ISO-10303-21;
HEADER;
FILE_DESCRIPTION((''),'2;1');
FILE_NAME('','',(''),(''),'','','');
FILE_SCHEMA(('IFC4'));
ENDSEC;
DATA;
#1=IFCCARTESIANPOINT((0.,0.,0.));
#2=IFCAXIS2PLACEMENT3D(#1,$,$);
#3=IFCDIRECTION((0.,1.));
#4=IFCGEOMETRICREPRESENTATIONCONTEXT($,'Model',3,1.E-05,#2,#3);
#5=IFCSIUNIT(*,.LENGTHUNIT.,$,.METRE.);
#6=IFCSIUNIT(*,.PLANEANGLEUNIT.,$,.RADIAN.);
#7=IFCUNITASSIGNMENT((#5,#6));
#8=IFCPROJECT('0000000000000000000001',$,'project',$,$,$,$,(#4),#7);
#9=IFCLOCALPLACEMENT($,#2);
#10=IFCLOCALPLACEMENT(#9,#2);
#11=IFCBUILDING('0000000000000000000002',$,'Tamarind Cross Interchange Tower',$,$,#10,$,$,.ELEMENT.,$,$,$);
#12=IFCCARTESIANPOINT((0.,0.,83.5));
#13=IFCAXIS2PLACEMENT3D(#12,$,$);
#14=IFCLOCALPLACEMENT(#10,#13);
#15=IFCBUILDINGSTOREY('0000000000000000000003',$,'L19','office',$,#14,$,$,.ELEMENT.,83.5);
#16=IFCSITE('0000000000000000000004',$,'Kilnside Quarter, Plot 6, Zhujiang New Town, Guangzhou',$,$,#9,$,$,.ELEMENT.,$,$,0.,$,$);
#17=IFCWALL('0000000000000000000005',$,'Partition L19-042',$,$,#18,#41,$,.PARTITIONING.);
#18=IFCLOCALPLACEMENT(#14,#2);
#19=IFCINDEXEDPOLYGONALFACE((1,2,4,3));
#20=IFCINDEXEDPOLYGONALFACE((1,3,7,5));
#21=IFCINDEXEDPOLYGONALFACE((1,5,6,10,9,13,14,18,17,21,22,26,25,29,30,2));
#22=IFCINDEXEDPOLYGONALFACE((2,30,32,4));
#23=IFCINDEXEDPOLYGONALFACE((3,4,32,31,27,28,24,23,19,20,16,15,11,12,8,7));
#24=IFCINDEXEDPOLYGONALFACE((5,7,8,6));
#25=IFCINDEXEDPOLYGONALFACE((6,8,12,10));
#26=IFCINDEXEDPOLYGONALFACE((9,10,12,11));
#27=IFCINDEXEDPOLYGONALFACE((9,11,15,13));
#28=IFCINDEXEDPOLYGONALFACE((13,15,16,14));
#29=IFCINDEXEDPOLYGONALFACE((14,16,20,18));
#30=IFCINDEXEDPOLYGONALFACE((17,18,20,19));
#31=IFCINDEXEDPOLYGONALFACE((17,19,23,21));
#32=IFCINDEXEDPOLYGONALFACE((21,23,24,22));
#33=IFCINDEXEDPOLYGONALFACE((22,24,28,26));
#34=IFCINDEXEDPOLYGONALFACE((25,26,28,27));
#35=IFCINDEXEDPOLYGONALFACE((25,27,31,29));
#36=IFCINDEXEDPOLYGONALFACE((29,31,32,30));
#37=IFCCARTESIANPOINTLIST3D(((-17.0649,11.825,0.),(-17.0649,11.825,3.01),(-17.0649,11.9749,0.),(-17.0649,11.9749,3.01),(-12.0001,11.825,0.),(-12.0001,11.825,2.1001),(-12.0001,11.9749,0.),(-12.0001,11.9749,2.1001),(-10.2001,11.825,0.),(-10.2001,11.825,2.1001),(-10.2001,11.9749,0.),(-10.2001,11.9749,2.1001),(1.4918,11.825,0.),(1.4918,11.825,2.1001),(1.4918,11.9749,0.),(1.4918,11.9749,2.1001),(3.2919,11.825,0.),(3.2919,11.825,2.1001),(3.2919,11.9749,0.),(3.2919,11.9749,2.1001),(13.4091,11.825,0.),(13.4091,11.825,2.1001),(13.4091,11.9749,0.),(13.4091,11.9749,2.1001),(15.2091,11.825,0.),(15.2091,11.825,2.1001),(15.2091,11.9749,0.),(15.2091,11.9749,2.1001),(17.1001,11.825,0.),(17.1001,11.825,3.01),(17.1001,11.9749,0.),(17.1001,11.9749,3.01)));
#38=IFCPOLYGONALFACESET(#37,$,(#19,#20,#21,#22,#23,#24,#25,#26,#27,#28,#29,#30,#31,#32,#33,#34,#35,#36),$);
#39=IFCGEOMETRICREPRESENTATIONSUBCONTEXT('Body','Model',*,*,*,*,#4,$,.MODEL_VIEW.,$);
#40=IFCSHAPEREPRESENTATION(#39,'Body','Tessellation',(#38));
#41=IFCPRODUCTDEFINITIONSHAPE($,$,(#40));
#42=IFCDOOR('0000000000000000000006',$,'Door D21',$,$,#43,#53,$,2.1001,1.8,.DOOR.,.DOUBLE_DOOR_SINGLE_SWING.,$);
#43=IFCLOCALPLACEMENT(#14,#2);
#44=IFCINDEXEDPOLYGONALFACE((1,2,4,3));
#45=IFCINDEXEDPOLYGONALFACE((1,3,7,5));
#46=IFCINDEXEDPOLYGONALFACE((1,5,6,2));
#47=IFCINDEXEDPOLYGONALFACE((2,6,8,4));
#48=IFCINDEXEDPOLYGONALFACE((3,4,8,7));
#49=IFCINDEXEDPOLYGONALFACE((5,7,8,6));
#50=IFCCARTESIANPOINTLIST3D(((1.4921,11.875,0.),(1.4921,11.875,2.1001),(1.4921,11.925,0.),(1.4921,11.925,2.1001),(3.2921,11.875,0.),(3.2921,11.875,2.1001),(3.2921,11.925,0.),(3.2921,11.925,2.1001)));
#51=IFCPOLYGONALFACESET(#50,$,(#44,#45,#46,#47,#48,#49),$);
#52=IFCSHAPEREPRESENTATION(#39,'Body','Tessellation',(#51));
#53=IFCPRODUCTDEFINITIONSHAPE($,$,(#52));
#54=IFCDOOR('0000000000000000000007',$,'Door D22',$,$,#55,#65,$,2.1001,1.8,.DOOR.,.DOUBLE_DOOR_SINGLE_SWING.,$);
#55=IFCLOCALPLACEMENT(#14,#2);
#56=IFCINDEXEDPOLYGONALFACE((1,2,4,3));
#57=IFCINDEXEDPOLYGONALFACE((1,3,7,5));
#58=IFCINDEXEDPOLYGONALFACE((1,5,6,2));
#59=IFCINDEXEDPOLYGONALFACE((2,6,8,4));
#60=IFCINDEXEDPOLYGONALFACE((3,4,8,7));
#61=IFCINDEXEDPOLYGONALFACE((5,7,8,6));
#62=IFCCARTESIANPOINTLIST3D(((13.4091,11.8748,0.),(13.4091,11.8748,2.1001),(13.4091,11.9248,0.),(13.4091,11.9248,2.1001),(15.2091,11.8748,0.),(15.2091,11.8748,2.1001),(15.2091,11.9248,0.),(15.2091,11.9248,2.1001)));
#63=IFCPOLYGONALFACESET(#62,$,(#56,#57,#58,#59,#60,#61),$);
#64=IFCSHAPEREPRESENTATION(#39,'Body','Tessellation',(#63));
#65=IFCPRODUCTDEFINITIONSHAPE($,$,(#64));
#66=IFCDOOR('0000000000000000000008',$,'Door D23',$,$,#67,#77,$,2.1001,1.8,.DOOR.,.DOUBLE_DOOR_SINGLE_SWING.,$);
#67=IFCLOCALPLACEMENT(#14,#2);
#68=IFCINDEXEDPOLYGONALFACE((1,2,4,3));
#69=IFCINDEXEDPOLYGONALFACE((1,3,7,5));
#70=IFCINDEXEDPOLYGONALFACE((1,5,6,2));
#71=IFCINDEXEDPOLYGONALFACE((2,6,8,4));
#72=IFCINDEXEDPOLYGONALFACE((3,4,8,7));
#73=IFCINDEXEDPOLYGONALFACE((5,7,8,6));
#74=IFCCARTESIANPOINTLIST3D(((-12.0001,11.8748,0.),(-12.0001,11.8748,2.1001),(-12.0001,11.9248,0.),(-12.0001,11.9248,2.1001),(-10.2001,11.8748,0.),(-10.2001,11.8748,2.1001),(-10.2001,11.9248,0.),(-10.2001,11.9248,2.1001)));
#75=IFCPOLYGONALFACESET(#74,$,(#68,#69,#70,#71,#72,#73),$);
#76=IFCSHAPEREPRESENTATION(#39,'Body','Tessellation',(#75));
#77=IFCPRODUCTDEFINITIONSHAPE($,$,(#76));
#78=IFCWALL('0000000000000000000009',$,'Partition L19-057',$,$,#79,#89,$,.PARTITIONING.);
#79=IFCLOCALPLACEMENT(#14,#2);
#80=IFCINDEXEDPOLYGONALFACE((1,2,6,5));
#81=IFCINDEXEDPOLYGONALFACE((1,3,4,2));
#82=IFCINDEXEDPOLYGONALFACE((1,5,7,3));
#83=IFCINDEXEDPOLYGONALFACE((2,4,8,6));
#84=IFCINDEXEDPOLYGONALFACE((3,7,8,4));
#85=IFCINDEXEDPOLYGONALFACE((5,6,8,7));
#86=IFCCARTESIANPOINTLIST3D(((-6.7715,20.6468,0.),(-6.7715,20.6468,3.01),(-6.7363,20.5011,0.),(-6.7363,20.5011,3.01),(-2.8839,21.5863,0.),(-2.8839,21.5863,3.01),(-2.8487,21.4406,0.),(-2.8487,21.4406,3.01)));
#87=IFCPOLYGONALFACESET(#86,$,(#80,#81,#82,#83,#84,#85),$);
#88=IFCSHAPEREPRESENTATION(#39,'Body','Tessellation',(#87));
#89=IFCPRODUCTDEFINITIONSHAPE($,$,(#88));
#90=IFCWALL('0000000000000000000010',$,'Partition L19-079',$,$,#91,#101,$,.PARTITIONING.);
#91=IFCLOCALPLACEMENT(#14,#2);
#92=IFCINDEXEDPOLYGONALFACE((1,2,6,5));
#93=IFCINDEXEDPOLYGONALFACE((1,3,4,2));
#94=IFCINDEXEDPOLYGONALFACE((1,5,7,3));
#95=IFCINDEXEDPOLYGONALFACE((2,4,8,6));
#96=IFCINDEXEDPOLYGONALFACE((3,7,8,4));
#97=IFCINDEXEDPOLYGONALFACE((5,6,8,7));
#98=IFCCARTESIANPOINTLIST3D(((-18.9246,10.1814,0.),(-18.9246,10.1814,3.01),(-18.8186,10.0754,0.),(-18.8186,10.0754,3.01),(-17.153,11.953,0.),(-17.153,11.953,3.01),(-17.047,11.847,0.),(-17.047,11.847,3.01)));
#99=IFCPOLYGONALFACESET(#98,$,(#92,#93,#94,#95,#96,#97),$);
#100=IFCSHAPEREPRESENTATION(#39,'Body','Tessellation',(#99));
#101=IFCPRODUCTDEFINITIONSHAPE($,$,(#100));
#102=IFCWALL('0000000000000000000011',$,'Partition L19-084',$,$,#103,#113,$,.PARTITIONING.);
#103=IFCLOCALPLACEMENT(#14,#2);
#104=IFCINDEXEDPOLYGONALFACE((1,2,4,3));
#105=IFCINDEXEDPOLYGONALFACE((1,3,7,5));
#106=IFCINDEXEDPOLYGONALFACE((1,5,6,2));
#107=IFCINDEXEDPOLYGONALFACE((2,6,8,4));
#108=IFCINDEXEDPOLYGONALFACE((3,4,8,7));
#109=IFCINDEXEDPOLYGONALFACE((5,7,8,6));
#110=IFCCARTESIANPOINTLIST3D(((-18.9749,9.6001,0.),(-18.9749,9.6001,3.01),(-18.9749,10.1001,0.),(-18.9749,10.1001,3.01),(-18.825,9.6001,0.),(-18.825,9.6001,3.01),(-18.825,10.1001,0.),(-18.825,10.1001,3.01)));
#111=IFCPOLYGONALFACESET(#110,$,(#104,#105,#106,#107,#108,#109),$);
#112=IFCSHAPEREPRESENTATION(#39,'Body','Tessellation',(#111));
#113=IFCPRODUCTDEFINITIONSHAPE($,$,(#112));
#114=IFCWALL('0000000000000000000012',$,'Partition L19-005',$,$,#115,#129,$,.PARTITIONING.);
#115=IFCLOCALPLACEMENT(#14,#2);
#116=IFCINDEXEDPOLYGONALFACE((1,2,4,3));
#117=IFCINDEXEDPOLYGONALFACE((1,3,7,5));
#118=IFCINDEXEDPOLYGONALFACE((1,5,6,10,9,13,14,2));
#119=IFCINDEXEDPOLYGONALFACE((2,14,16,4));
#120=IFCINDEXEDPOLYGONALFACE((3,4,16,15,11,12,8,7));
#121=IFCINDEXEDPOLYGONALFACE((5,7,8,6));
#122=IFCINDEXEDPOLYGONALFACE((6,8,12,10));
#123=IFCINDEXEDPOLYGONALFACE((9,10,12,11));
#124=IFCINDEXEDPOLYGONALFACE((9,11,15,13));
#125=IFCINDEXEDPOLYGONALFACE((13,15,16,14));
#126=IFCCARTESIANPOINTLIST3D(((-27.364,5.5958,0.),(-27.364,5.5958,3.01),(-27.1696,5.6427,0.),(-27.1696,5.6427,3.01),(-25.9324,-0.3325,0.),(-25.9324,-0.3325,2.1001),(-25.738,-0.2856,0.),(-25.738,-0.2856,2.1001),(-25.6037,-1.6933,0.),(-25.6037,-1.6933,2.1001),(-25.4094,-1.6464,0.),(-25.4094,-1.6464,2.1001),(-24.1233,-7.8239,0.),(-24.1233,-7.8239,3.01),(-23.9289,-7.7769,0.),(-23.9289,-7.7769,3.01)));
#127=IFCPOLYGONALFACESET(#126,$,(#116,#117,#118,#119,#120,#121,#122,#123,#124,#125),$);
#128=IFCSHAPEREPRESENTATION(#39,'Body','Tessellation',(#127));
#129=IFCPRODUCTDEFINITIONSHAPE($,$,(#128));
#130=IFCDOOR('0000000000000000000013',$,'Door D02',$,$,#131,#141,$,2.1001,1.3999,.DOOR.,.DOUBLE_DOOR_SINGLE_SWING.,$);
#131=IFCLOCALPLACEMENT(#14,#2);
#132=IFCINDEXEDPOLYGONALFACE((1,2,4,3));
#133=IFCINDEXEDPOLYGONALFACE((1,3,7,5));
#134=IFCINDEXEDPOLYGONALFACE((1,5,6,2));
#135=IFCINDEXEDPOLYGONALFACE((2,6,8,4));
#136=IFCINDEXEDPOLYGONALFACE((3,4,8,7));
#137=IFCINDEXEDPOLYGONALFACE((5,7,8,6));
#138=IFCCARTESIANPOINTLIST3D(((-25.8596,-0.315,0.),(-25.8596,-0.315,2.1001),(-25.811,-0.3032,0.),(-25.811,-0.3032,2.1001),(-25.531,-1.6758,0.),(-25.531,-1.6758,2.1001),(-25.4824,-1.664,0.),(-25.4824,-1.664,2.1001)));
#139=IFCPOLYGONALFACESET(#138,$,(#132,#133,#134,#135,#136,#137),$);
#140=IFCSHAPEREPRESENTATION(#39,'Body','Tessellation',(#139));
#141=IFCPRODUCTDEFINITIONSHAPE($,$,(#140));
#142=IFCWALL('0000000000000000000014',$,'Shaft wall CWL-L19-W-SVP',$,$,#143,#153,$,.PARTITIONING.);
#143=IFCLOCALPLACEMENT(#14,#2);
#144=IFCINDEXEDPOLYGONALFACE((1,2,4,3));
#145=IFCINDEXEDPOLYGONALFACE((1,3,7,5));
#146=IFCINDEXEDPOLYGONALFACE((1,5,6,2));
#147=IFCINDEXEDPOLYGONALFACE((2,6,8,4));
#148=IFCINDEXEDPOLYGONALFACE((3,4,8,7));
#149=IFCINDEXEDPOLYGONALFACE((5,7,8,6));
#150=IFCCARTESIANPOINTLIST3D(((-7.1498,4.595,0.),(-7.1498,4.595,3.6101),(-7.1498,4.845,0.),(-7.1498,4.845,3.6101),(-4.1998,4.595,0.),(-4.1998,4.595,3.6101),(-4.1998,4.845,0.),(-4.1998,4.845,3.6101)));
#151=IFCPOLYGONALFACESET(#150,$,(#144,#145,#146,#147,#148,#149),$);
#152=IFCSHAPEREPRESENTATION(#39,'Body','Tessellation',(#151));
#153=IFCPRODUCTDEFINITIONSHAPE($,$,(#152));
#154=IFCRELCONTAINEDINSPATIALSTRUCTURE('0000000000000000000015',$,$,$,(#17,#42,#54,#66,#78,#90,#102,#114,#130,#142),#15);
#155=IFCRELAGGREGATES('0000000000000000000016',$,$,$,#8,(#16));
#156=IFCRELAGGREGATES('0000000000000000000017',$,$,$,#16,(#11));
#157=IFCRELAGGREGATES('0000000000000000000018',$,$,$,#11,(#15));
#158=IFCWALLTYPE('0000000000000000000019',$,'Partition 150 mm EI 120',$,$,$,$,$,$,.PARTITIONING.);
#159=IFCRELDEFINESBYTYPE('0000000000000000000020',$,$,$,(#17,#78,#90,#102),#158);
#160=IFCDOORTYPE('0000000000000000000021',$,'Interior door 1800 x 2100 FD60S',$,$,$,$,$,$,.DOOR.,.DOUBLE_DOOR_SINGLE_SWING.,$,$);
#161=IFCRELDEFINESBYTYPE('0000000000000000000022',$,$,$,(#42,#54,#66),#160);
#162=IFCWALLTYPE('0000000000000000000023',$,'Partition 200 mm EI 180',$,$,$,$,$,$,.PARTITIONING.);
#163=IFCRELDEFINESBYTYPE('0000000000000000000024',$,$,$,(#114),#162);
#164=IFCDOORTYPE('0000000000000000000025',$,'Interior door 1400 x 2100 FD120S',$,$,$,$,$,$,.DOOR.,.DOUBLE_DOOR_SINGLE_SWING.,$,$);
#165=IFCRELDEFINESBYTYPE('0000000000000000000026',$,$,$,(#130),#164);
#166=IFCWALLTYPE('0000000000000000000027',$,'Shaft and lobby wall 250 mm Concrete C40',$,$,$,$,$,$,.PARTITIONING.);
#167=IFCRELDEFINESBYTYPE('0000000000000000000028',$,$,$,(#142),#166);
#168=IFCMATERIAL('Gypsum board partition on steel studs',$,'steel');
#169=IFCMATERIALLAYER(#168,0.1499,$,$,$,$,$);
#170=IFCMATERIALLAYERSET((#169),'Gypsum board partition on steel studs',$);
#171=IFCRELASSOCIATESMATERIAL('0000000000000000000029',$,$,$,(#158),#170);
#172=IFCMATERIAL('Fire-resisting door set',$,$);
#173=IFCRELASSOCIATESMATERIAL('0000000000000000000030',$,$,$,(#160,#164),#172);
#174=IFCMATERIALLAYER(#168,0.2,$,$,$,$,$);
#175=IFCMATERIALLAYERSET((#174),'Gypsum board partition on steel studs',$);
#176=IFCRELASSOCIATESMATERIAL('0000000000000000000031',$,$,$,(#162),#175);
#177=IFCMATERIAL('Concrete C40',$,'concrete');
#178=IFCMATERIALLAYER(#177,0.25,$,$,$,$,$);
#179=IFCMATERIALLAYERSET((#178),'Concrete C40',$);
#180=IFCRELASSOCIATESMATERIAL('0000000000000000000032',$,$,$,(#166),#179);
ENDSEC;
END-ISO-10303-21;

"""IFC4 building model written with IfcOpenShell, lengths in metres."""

from ifc_helpers import new_model, si_unit, direction, frame, frame_2d, origin, place, context, subcontext, project, spatial, rectangle, extrude, material, layer, layer_set, type_object, element, fill, save


model = new_model("IFC4")

# Units and contexts
model_context = context("Model", 3, precision=1e-05, world=origin(), true_north=direction((0.0, 1.0)))
body_context = subcontext(model_context, "Body", "Model", "MODEL_VIEW")
ifc_project = project(units=[si_unit("LENGTHUNIT", "METRE"), si_unit("PLANEANGLEUNIT", "RADIAN")], contexts=[model_context])

# Site, building, storey
site_placement = place(None, origin())
site = spatial("IfcSite", under=ifc_project, at=site_placement, Name="Kilnside Quarter, Plot 6, Zhujiang New Town, Guangzhou", CompositionType="ELEMENT", RefElevation=0.0)
building_placement = place(site_placement, origin())
building = spatial("IfcBuilding", under=site, at=building_placement, Name="Tamarind Cross Interchange Tower", CompositionType="ELEMENT")
storey_placement = place(building_placement, frame((0.0, 0.0, 83.5)))
storey = spatial("IfcBuildingStorey", under=building, at=storey_placement, Name="L19", Description="office", CompositionType="ELEMENT", Elevation=83.5)

# Shared definitions
ifc_material_1 = material(Name="Concrete C40", Category="concrete")

# Shared definitions
ifc_material_2 = material(Name="Gypsum board partition on steel studs", Category="steel")
ifc_layer_1 = layer(ifc_material_2, 0.1499)
ifc_layer_set_1 = layer_set([ifc_layer_1], Name="Gypsum board partition on steel studs")
wall_type_1 = type_object("IfcWallType", Name="Partition 150 mm EI 120", PredefinedType="PARTITIONING", material=ifc_layer_set_1)

# Wall, openings, doors
wall_1_placement = place(storey_placement, frame((-17.0649, 11.8999, 0.0), z_axis=(0.0, 0.0, 1.0), x_axis=(1.0, 0.0, 0.0)))
wall_1 = element("IfcWall", 1, at=wall_1_placement, inside=storey, type_object=wall_type_1, Name="Partition L19-042", PredefinedType="PARTITIONING", context=body_context, shape_type="SweptSolid", body=[
    extrude(rectangle(XDim=34.165, YDim=0.1499, at=frame_2d((17.0825, 0.0))), origin(), (0.0, 0.0, 1.0), 3.01),
])
opening_1_placement = place(wall_1_placement, frame((18.5569, 0.0, 0.0)))
opening_1 = element("IfcOpeningElement", 2, at=opening_1_placement, cuts=wall_1, PredefinedType="OPENING", context=body_context, shape_type="SweptSolid", body=[
    extrude(rectangle(XDim=1.8, YDim=2.1001, at=frame_2d((0.8999, 1.05))), frame((0.0, 0.085, 0.0), z_axis=(0.0, -1.0, 0.0), x_axis=(1.0, 0.0, 0.0)), (0.0, 0.0, 1.0), 0.1699),
])
opening_2_placement = place(wall_1_placement, frame((30.4741, 0.0, 0.0)))
opening_2 = element("IfcOpeningElement", 3, at=opening_2_placement, cuts=wall_1, PredefinedType="OPENING", context=body_context, shape_type="SweptSolid", body=[
    extrude(rectangle(XDim=1.8, YDim=2.1001, at=frame_2d((0.8999, 1.05))), frame((0.0, 0.085, 0.0), z_axis=(0.0, -1.0, 0.0), x_axis=(1.0, 0.0, 0.0)), (0.0, 0.0, 1.0), 0.1699),
])
opening_3_placement = place(wall_1_placement, frame((5.0649, 0.0, 0.0)))
opening_3 = element("IfcOpeningElement", 4, at=opening_3_placement, cuts=wall_1, PredefinedType="OPENING", context=body_context, shape_type="SweptSolid", body=[
    extrude(rectangle(XDim=1.8, YDim=2.1001, at=frame_2d((0.8999, 1.05))), frame((0.0, 0.085, 0.0), z_axis=(0.0, -1.0, 0.0), x_axis=(1.0, 0.0, 0.0)), (0.0, 0.0, 1.0), 0.1699),
])
ifc_material_3 = material(Name="Fire-resisting door set")
door_type_1 = type_object("IfcDoorType", Name="Interior door 1800 x 2100 FD60S", OperationType="DOUBLE_DOOR_SINGLE_SWING", PredefinedType="DOOR", material=ifc_material_3)
door_1_placement = place(opening_1_placement, frame((1.8, 0.0, 0.0), z_axis=(0.0, 0.0, 1.0), x_axis=(-1.0, 0.0, 0.0)))
door_1 = element("IfcDoor", 5, at=door_1_placement, inside=storey, type_object=door_type_1, Name="Door D21", OperationType="DOUBLE_DOOR_SINGLE_SWING", OverallHeight=2.1001, OverallWidth=1.8, PredefinedType="DOOR", context=body_context, shape_type="SweptSolid", body=[
    extrude(rectangle(XDim=1.8, YDim=2.1001, at=frame_2d((0.8999, 1.05))), frame((0.0, 0.0249, 0.0), z_axis=(0.0, -1.0, 0.0), x_axis=(1.0, 0.0, 0.0)), (0.0, 0.0, 1.0), 0.05),
])
fill(opening_1, door_1)
door_2_placement = place(opening_2_placement, origin())
door_2 = element("IfcDoor", 6, at=door_2_placement, inside=storey, type_object=door_type_1, Name="Door D22", OperationType="DOUBLE_DOOR_SINGLE_SWING", OverallHeight=2.1001, OverallWidth=1.8, PredefinedType="DOOR", context=body_context, shape_type="SweptSolid", body=[
    extrude(rectangle(XDim=1.8, YDim=2.1001, at=frame_2d((0.8999, 1.05))), frame((0.0, 0.0249, 0.0), z_axis=(0.0, -1.0, 0.0), x_axis=(1.0, 0.0, 0.0)), (0.0, 0.0, 1.0), 0.05),
])
fill(opening_2, door_2)
door_3_placement = place(opening_3_placement, origin())
door_3 = element("IfcDoor", 7, at=door_3_placement, inside=storey, type_object=door_type_1, Name="Door D23", OperationType="DOUBLE_DOOR_SINGLE_SWING", OverallHeight=2.1001, OverallWidth=1.8, PredefinedType="DOOR", context=body_context, shape_type="SweptSolid", body=[
    extrude(rectangle(XDim=1.8, YDim=2.1001, at=frame_2d((0.8999, 1.05))), frame((0.0, 0.0249, 0.0), z_axis=(0.0, -1.0, 0.0), x_axis=(1.0, 0.0, 0.0)), (0.0, 0.0, 1.0), 0.05),
])
fill(opening_3, door_3)

# Walls
wall_2_placement = place(storey_placement, frame((-6.7539, 20.574, 0.0), z_axis=(0.0, 0.0, 1.0), x_axis=(0.972023, 0.234887, 0.0)))
element("IfcWall", 8, at=wall_2_placement, inside=storey, type_object=wall_type_1, Name="Partition L19-057", PredefinedType="PARTITIONING", context=body_context, shape_type="SweptSolid", body=[
    extrude(rectangle(XDim=3.9995, YDim=0.1499, at=frame_2d((1.9998, 0.0))), origin(), (0.0, 0.0, 1.0), 3.01),
])
wall_3_placement = place(storey_placement, frame((-18.8716, 10.1284, 0.0), z_axis=(0.0, 0.0, 1.0), x_axis=(0.707107, 0.707107, 0.0)))
element("IfcWall", 9, at=wall_3_placement, inside=storey, type_object=wall_type_1, Name="Partition L19-079", PredefinedType="PARTITIONING", context=body_context, shape_type="SweptSolid", body=[
    extrude(rectangle(XDim=2.5054, YDim=0.1499, at=frame_2d((1.2527, 0.0))), origin(), (0.0, 0.0, 1.0), 3.01),
])
wall_4_placement = place(storey_placement, frame((-18.8999, 9.6001, 0.0), z_axis=(0.0, 0.0, 1.0), x_axis=(0.0, 1.0, 0.0)))
element("IfcWall", 10, at=wall_4_placement, inside=storey, type_object=wall_type_1, Name="Partition L19-084", PredefinedType="PARTITIONING", context=body_context, shape_type="SweptSolid", body=[
    extrude(rectangle(XDim=0.5, YDim=0.1499, at=frame_2d((0.25, 0.0))), origin(), (0.0, 0.0, 1.0), 3.01),
])

# Wall, opening, door
ifc_layer_2 = layer(ifc_material_2, 0.2)
ifc_layer_set_2 = layer_set([ifc_layer_2], Name="Gypsum board partition on steel studs")
wall_type_2 = type_object("IfcWallType", Name="Partition 200 mm EI 180", PredefinedType="PARTITIONING", material=ifc_layer_set_2)
wall_5_placement = place(storey_placement, frame((-27.2668, 5.6194, 0.0), z_axis=(0.0, 0.0, 1.0), x_axis=(0.234743, -0.972058, 0.0)))
wall_5 = element("IfcWall", 11, at=wall_5_placement, inside=storey, type_object=wall_type_2, Name="Partition L19-005", PredefinedType="PARTITIONING", context=body_context, shape_type="SweptSolid", body=[
    extrude(rectangle(XDim=13.8054, YDim=0.2, at=frame_2d((6.9028, 0.0))), origin(), (0.0, 0.0, 1.0), 3.01),
])
opening_4_placement = place(wall_5_placement, frame((6.0989, 0.0, 0.0)))
opening_4 = element("IfcOpeningElement", 12, at=opening_4_placement, cuts=wall_5, PredefinedType="OPENING", context=body_context, shape_type="SweptSolid", body=[
    extrude(rectangle(XDim=1.3999, YDim=2.1001, at=frame_2d((0.7, 1.05))), frame((0.0, 0.1099, 0.0), z_axis=(0.0, -1.0, 0.0), x_axis=(1.0, 0.0, 0.0)), (0.0, 0.0, 1.0), 0.22),
])
door_type_2 = type_object("IfcDoorType", Name="Interior door 1400 x 2100 FD120S", OperationType="DOUBLE_DOOR_SINGLE_SWING", PredefinedType="DOOR", material=ifc_material_3)
door_4_placement = place(opening_4_placement, origin())
door_4 = element("IfcDoor", 13, at=door_4_placement, inside=storey, type_object=door_type_2, Name="Door D02", OperationType="DOUBLE_DOOR_SINGLE_SWING", OverallHeight=2.1001, OverallWidth=1.3999, PredefinedType="DOOR", context=body_context, shape_type="SweptSolid", body=[
    extrude(rectangle(XDim=1.3999, YDim=2.1001, at=frame_2d((0.7, 1.05))), frame((0.0, 0.0249, 0.0), z_axis=(0.0, -1.0, 0.0), x_axis=(1.0, 0.0, 0.0)), (0.0, 0.0, 1.0), 0.05),
])
fill(opening_4, door_4)

# Wall
ifc_layer_3 = layer(ifc_material_1, 0.25)
ifc_layer_set_3 = layer_set([ifc_layer_3], Name="Concrete C40")
wall_type_3 = type_object("IfcWallType", Name="Shaft and lobby wall 250 mm Concrete C40", PredefinedType="PARTITIONING", material=ifc_layer_set_3)
wall_6_placement = place(storey_placement, frame((-7.1499, 4.72, 0.0), z_axis=(0.0, 0.0, 1.0), x_axis=(1.0, 0.0, 0.0)))
element("IfcWall", 14, at=wall_6_placement, inside=storey, type_object=wall_type_3, Name="Shaft wall CWL-L19-W-SVP", PredefinedType="PARTITIONING", context=body_context, shape_type="SweptSolid", body=[
    extrude(rectangle(XDim=2.95, YDim=0.25, at=frame_2d((1.4751, 0.0))), origin(), (0.0, 0.0, 1.0), 3.6101),
])

save(model, "model.ifc")
